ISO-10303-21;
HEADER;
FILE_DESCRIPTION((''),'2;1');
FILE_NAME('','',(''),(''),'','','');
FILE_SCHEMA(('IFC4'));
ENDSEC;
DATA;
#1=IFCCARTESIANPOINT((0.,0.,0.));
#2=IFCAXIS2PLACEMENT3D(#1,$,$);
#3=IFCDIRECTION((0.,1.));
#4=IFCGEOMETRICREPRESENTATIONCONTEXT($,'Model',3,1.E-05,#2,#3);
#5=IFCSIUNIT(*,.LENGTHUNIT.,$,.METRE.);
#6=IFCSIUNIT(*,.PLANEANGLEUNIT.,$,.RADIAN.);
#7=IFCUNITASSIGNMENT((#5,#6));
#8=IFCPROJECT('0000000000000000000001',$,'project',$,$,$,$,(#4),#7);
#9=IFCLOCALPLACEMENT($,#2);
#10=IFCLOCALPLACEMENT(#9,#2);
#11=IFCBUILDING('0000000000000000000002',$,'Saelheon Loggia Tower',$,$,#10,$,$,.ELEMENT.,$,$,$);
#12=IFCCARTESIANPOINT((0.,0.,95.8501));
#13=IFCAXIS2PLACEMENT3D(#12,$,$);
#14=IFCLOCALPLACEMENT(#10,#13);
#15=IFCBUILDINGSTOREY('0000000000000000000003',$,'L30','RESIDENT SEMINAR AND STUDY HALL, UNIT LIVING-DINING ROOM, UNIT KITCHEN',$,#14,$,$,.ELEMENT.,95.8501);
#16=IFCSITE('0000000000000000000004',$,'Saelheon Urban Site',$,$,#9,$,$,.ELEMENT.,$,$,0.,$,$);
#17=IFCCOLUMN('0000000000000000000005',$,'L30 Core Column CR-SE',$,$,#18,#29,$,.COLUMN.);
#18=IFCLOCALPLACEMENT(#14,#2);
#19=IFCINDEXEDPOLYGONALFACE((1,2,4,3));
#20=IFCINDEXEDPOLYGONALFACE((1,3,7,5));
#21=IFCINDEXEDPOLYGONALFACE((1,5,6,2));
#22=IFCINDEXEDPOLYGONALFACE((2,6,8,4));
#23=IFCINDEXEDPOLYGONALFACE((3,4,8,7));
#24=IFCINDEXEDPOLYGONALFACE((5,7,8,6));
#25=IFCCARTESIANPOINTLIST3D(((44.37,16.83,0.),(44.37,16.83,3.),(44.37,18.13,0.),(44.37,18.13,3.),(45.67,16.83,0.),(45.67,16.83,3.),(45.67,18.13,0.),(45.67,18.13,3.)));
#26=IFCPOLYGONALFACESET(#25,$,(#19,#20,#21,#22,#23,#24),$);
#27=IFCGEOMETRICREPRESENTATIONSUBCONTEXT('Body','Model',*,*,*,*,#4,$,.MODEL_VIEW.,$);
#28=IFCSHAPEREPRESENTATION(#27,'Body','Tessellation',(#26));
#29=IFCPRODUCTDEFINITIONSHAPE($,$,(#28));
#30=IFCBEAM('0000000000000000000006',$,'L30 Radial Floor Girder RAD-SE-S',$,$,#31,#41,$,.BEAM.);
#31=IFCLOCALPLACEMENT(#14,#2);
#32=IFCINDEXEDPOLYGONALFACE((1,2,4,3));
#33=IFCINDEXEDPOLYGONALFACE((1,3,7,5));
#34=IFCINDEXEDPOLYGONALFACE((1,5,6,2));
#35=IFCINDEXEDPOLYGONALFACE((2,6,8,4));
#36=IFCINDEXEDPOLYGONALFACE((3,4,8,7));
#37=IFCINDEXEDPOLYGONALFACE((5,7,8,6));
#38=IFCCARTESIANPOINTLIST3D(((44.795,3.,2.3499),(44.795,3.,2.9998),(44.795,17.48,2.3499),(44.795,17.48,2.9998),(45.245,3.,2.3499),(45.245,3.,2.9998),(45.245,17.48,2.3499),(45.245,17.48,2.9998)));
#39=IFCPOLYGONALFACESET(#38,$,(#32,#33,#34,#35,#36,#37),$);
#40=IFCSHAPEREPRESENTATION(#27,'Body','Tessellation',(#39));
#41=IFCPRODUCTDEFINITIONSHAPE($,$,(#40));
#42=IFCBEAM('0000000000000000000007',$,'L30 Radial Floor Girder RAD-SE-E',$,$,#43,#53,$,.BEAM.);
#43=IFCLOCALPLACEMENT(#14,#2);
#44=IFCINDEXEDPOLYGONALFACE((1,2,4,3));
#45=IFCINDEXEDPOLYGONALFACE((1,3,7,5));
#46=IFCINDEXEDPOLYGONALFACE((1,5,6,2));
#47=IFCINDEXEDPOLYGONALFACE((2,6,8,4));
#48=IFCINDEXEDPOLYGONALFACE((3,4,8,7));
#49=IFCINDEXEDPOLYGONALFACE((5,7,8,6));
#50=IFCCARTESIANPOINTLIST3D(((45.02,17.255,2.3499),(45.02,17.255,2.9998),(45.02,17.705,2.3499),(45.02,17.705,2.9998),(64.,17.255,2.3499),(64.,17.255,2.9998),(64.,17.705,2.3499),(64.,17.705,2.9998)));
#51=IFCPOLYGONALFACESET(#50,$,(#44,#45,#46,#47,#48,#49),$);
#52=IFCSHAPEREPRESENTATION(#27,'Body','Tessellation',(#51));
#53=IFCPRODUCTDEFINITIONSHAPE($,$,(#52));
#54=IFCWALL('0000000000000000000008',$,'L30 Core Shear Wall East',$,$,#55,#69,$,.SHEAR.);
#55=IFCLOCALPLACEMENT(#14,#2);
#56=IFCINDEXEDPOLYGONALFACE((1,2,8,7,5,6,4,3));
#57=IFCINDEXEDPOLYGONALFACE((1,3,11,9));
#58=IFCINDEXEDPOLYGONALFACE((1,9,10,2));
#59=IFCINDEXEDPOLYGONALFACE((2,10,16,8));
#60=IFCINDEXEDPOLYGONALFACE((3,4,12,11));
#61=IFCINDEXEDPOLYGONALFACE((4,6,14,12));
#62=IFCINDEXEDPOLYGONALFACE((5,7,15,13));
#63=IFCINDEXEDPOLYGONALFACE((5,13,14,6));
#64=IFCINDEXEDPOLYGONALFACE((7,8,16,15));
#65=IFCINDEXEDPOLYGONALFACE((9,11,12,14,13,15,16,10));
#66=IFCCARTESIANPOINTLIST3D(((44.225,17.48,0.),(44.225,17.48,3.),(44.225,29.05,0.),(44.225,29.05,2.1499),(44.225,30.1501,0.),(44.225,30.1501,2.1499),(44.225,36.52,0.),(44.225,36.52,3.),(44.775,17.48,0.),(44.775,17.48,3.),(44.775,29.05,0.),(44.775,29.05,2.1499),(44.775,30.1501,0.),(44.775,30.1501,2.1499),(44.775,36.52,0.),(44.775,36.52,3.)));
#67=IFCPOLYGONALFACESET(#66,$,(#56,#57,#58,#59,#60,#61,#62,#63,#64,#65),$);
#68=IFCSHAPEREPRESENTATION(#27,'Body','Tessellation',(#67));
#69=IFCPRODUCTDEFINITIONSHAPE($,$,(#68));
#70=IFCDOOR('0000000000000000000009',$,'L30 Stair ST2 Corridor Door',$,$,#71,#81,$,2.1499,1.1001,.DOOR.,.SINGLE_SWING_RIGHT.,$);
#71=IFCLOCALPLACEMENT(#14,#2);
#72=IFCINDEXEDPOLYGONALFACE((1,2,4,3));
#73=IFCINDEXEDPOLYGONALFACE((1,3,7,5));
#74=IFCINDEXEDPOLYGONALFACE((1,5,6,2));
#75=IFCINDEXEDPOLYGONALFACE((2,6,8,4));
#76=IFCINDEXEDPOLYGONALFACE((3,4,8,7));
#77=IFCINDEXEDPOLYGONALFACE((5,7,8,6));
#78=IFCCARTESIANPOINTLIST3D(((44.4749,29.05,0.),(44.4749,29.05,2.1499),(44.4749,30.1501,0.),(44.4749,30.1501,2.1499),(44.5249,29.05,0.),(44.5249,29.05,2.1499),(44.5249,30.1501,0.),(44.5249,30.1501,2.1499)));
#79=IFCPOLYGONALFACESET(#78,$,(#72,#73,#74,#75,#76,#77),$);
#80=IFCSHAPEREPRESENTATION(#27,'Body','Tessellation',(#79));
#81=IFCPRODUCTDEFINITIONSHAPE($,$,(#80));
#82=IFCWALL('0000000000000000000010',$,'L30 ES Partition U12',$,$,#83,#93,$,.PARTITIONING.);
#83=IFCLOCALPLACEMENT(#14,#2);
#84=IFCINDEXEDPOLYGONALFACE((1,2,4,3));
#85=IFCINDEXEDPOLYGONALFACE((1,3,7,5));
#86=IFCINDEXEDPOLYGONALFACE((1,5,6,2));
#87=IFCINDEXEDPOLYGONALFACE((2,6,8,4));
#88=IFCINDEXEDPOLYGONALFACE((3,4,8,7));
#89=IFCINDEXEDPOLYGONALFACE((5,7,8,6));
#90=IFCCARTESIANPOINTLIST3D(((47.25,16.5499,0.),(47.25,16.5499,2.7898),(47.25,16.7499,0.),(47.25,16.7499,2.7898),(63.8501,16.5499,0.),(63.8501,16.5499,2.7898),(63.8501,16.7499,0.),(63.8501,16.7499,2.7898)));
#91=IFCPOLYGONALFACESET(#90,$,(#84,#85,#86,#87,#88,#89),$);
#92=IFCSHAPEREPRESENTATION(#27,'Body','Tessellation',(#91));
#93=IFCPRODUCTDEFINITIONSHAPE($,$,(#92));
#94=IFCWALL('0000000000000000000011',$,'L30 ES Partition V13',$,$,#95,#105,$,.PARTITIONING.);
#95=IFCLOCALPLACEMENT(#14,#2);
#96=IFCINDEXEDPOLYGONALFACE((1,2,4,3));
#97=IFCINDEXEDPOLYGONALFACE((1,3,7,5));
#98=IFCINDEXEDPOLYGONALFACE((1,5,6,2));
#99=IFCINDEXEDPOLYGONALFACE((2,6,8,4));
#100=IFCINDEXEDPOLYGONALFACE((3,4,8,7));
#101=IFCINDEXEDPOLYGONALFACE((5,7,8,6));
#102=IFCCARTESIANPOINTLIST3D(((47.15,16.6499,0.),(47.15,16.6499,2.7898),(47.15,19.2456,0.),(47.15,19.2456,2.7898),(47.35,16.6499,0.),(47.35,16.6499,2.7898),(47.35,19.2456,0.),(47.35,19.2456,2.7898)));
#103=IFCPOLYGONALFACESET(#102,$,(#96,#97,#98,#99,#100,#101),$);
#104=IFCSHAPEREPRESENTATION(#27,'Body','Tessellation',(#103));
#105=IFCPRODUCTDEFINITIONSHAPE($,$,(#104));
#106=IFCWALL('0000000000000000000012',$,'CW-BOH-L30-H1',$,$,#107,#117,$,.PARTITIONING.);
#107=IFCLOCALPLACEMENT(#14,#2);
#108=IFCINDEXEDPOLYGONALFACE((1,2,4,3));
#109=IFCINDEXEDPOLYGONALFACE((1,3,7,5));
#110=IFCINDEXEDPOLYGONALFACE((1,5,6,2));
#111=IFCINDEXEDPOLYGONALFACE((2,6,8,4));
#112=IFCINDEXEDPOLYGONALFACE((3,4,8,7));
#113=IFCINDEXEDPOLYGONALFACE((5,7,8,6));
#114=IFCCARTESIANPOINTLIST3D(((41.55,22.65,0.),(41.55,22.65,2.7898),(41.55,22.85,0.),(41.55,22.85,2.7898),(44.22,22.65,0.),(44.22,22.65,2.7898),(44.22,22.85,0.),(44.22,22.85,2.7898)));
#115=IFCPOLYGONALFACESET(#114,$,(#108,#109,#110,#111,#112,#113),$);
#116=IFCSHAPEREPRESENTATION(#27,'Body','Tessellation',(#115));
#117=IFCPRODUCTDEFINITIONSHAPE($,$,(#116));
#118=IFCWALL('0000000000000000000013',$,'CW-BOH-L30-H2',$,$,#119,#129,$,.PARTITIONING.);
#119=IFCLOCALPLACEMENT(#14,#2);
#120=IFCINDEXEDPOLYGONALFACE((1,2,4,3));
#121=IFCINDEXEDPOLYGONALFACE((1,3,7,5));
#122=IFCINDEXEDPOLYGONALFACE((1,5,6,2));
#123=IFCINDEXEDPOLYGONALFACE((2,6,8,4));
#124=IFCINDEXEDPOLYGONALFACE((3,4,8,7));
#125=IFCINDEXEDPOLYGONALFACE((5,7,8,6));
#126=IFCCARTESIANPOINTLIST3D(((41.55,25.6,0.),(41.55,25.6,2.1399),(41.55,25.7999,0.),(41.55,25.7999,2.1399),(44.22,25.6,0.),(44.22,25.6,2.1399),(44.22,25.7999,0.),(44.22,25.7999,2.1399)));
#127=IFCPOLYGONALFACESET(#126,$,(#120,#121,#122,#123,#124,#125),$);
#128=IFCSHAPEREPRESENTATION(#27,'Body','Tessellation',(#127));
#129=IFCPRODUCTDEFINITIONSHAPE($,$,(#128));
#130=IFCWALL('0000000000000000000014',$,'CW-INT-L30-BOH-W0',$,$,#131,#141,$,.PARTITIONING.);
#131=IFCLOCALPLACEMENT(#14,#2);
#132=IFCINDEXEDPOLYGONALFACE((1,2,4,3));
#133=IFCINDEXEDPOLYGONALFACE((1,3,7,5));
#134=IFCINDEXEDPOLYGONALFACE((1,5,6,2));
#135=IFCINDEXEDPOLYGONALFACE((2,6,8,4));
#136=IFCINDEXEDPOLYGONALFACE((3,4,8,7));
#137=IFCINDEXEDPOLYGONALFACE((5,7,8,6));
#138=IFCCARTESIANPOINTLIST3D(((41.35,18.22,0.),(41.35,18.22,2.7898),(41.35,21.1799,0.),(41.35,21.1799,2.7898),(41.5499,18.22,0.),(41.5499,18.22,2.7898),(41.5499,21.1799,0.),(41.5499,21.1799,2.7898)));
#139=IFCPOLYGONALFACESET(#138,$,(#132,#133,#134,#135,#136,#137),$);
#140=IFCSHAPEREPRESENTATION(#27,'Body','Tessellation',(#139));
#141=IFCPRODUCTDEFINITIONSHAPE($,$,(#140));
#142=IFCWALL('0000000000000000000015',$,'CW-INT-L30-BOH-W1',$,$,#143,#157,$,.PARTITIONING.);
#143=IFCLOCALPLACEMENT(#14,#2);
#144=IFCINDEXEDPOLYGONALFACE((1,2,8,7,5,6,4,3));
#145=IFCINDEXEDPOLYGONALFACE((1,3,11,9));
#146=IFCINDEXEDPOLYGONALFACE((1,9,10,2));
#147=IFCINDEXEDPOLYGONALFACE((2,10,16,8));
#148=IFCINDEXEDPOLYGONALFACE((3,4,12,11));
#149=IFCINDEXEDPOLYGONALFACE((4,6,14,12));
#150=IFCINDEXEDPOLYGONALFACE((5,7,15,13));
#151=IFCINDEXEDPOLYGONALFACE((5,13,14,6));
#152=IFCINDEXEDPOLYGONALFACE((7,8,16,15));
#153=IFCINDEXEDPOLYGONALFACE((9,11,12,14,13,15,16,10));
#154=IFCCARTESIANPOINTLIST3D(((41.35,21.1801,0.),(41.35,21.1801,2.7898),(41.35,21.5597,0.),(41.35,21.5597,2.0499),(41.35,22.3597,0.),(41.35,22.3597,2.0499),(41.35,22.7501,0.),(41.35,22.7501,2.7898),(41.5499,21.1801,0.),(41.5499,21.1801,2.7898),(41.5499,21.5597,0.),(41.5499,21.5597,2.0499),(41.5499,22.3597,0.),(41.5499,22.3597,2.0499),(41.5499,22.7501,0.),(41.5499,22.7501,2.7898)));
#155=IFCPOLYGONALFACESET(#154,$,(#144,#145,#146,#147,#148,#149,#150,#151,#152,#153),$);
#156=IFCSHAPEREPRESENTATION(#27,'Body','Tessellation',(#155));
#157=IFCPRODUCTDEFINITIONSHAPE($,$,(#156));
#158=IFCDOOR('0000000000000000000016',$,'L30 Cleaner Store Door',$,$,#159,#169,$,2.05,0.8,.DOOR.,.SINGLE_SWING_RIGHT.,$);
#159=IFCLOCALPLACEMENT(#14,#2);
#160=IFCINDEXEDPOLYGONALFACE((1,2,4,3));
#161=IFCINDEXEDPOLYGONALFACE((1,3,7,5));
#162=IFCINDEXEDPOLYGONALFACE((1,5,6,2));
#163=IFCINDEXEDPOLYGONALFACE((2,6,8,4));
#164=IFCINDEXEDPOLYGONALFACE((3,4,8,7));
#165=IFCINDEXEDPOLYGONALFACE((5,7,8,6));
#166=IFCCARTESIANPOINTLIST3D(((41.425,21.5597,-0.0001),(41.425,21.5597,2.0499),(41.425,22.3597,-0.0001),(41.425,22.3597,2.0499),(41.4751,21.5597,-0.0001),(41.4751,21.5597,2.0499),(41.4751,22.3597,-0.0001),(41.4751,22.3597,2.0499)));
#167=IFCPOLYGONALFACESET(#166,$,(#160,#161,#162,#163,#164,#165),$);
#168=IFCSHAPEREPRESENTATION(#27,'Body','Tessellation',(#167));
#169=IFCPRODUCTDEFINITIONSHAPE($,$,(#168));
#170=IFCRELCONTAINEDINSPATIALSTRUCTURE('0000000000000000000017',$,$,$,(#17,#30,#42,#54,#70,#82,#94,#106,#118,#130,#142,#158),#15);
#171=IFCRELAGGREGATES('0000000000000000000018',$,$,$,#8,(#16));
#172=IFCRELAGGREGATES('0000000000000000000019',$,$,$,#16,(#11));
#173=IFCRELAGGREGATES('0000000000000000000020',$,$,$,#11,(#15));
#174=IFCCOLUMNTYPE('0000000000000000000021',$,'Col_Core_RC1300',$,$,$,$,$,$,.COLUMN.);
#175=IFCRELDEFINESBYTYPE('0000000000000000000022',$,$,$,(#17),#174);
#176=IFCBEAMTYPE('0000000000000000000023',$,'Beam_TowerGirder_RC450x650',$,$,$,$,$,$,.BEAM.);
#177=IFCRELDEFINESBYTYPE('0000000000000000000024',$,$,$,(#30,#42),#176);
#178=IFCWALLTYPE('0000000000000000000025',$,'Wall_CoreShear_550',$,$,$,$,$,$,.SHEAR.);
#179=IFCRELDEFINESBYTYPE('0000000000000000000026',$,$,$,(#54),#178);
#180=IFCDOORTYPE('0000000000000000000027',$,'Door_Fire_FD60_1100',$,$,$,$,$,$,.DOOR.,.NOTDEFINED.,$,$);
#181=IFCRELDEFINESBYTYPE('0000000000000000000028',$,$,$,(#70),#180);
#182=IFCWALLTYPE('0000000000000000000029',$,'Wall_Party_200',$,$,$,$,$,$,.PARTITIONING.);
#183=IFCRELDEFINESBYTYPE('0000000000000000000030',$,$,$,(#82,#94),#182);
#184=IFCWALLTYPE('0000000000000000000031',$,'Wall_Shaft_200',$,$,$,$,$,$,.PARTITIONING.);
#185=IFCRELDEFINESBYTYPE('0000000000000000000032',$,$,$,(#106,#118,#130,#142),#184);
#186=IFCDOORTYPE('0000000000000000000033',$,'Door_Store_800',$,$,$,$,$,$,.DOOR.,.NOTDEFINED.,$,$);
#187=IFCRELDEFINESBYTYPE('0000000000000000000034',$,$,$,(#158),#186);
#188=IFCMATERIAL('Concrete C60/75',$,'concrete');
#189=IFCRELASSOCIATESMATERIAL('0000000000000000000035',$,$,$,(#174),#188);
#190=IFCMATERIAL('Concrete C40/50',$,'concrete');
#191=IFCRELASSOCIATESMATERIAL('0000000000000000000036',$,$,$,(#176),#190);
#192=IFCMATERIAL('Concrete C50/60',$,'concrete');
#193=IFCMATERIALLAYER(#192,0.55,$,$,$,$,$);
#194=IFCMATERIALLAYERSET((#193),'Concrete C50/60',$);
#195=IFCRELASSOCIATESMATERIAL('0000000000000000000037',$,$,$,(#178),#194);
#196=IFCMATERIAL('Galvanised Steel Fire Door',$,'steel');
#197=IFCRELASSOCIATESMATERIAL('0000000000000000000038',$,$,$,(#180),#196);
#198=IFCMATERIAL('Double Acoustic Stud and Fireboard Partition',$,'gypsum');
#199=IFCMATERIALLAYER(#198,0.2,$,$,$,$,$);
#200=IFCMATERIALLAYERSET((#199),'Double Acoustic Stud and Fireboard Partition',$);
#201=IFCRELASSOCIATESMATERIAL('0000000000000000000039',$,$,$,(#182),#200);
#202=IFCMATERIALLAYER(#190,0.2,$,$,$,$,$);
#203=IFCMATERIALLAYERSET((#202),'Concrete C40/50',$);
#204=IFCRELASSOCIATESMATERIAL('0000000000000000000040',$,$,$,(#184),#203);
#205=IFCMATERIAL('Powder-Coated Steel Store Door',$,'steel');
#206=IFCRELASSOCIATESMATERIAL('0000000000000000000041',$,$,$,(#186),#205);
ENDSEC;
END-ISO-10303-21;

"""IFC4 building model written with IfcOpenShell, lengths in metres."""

from ifc_helpers import new_model, si_unit, direction, frame, frame_2d, origin, origin_2d, place, context, subcontext, project, spatial, rectangle, extrude, source, transform, mapped, material, layer, layer_set, material_profile, profile_set, type_object, element, fill, save


model = new_model("IFC4")

# Units and contexts
model_context = context("Model", 3, precision=1e-05, world=origin(), true_north=direction((0.0, 1.0)))
body_context = subcontext(model_context, "Body", "Model", "MODEL_VIEW")
ifc_project = project(units=[si_unit("LENGTHUNIT", "METRE"), si_unit("PLANEANGLEUNIT", "RADIAN")], contexts=[model_context])

# Site, building, storey
site_placement = place(None, origin())
site = spatial("IfcSite", under=ifc_project, at=site_placement, Name="Saelheon Urban Site", CompositionType="ELEMENT", RefElevation=0.0)
building_placement = place(site_placement, origin())
building = spatial("IfcBuilding", under=site, at=building_placement, Name="Saelheon Loggia Tower", CompositionType="ELEMENT")
storey_placement = place(building_placement, frame((0.0, 0.0, 95.8501)))
storey = spatial("IfcBuildingStorey", under=building, at=storey_placement, Name="L30", Description="RESIDENT SEMINAR AND STUDY HALL, UNIT LIVING-DINING ROOM, UNIT KITCHEN", CompositionType="ELEMENT", Elevation=95.8501)

# Column
ifc_material_1 = material(Name="Concrete C60/75", Category="concrete")
ifc_material_profile_1 = material_profile(ifc_material_1, rectangle(XDim=1.3, YDim=1.3, at=origin_2d()), Name="RC-1300x1300")
ifc_profile_set_1 = profile_set([ifc_material_profile_1], Name="Concrete C60/75")
column_type = type_object("IfcColumnType", Name="Col_Core_RC1300", PredefinedType="COLUMN", material=ifc_profile_set_1)
shared_shape_1 = source(origin(), body_context, "Body", "SweptSolid", [
    extrude(rectangle(XDim=1.3, YDim=1.3, at=origin_2d()), origin(), (0.0, 0.0, 1.0), 3.0),
])
column_placement = place(storey_placement, frame((45.02, 17.48, 0.0), z_axis=(0.0, 0.0, 1.0), x_axis=(1.0, 0.0, 0.0)))
element("IfcColumn", 1, at=column_placement, inside=storey, type_object=column_type, Name="L30 Core Column CR-SE", PredefinedType="COLUMN", context=body_context, shape_type="MappedRepresentation", body=[
    mapped(shared_shape_1, transform((0.0, 0.0, 0.0), scale=1.0)),
])

# Beams
ifc_material_2 = material(Name="Concrete C40/50", Category="concrete")
ifc_material_profile_2 = material_profile(ifc_material_2, rectangle(XDim=0.45, YDim=0.6499, at=origin_2d()), Name="RC-450x650")
ifc_profile_set_2 = profile_set([ifc_material_profile_2], Name="Concrete C40/50")
beam_type = type_object("IfcBeamType", Name="Beam_TowerGirder_RC450x650", PredefinedType="BEAM", material=ifc_profile_set_2)
shared_shape_2 = source(origin(), body_context, "Body", "SweptSolid", [
    extrude(rectangle(XDim=0.45, YDim=0.6499, at=origin_2d()), origin(), (0.0, 0.0, 1.0), 14.48),
])
beam_1_placement = place(storey_placement, frame((45.02, 17.48, 2.6748), z_axis=(0.0, -1.0, 0.0), x_axis=(1.0, 0.0, 0.0)))
element("IfcBeam", 2, at=beam_1_placement, inside=storey, type_object=beam_type, Name="L30 Radial Floor Girder RAD-SE-S", PredefinedType="BEAM", context=body_context, shape_type="MappedRepresentation", body=[
    mapped(shared_shape_2, transform((0.0, 0.0, 0.0), scale=1.0)),
])
shared_shape_3 = source(origin(), body_context, "Body", "SweptSolid", [
    extrude(rectangle(XDim=0.45, YDim=0.6499, at=origin_2d()), origin(), (0.0, 0.0, 1.0), 18.98),
])
beam_2_placement = place(storey_placement, frame((45.02, 17.48, 2.6748), z_axis=(1.0, 0.0, 0.0), x_axis=(0.0, 1.0, 0.0)))
element("IfcBeam", 3, at=beam_2_placement, inside=storey, type_object=beam_type, Name="L30 Radial Floor Girder RAD-SE-E", PredefinedType="BEAM", context=body_context, shape_type="MappedRepresentation", body=[
    mapped(shared_shape_3, transform((0.0, 0.0, 0.0), scale=1.0)),
])

# Wall, opening, door
ifc_material_3 = material(Name="Concrete C50/60", Category="concrete")
ifc_layer_1 = layer(ifc_material_3, 0.55)
ifc_layer_set_1 = layer_set([ifc_layer_1], Name="Concrete C50/60")
wall_type_1 = type_object("IfcWallType", Name="Wall_CoreShear_550", PredefinedType="SHEAR", material=ifc_layer_set_1)
wall_1_placement = place(storey_placement, frame((44.5, 17.48, 0.0), z_axis=(0.0, 0.0, 1.0), x_axis=(0.0, 1.0, 0.0)))
wall_1 = element("IfcWall", 4, at=wall_1_placement, inside=storey, type_object=wall_type_1, Name="L30 Core Shear Wall East", PredefinedType="SHEAR", context=body_context, shape_type="SweptSolid", body=[
    extrude(rectangle(XDim=19.04, YDim=0.55, at=frame_2d((9.52, 0.0))), origin(), (0.0, 0.0, 1.0), 3.0),
])
opening_1_placement = place(wall_1_placement, frame((12.6702, 0.0, 0.0), z_axis=(0.0, 0.0, 1.0), x_axis=(-1.0, 0.0, 0.0)))
opening_1 = element("IfcOpeningElement", 5, at=opening_1_placement, cuts=wall_1, PredefinedType="OPENING", context=body_context, shape_type="SweptSolid", body=[
    extrude(rectangle(XDim=1.1001, YDim=2.1499, at=frame_2d((0.55, 1.075))), frame((0.0, 0.2871, 0.0), z_axis=(0.0, -1.0, 0.0), x_axis=(1.0, 0.0, 0.0)), (0.0, 0.0, 1.0), 0.574),
])
ifc_material_4 = material(Name="Galvanised Steel Fire Door", Category="steel")
door_type_1 = type_object("IfcDoorType", Name="Door_Fire_FD60_1100", OperationType="NOTDEFINED", PredefinedType="DOOR", material=ifc_material_4)
shared_shape_4 = source(origin(), body_context, "Body", "SweptSolid", [
    extrude(rectangle(XDim=1.1001, YDim=2.1499, at=frame_2d((0.55, 1.075))), frame((0.0, 0.0249, 0.0), z_axis=(0.0, -1.0, 0.0), x_axis=(1.0, 0.0, 0.0)), (0.0, 0.0, 1.0), 0.05),
])
door_1_placement = place(opening_1_placement, origin())
door_1 = element("IfcDoor", 6, at=door_1_placement, inside=storey, type_object=door_type_1, Name="L30 Stair ST2 Corridor Door", OperationType="SINGLE_SWING_RIGHT", OverallHeight=2.1499, OverallWidth=1.1001, PredefinedType="DOOR", context=body_context, shape_type="MappedRepresentation", body=[
    mapped(shared_shape_4, transform((0.0, 0.0, 0.0), scale=1.0)),
])
fill(opening_1, door_1)

# Walls
ifc_material_5 = material(Name="Double Acoustic Stud and Fireboard Partition", Category="gypsum")
ifc_layer_2 = layer(ifc_material_5, 0.2)
ifc_layer_set_2 = layer_set([ifc_layer_2], Name="Double Acoustic Stud and Fireboard Partition")
wall_type_2 = type_object("IfcWallType", Name="Wall_Party_200", PredefinedType="PARTITIONING", material=ifc_layer_set_2)
wall_2_placement = place(storey_placement, frame((47.25, 16.6499, 0.0), z_axis=(0.0, 0.0, 1.0), x_axis=(1.0, 0.0, 0.0)))
element("IfcWall", 7, at=wall_2_placement, inside=storey, type_object=wall_type_2, Name="L30 ES Partition U12", PredefinedType="PARTITIONING", context=body_context, shape_type="SweptSolid", body=[
    extrude(rectangle(XDim=16.6001, YDim=0.2, at=frame_2d((8.3, 0.0))), origin(), (0.0, 0.0, 1.0), 2.7898),
])
wall_3_placement = place(storey_placement, frame((47.25, 16.6499, 0.0), z_axis=(0.0, 0.0, 1.0), x_axis=(0.0, 1.0, 0.0)))
element("IfcWall", 8, at=wall_3_placement, inside=storey, type_object=wall_type_2, Name="L30 ES Partition V13", PredefinedType="PARTITIONING", context=body_context, shape_type="SweptSolid", body=[
    extrude(rectangle(XDim=2.5957, YDim=0.2, at=frame_2d((1.2979, 0.0))), origin(), (0.0, 0.0, 1.0), 2.7898),
])

# Walls
ifc_layer_3 = layer(ifc_material_2, 0.2)
ifc_layer_set_3 = layer_set([ifc_layer_3], Name="Concrete C40/50")
wall_type_3 = type_object("IfcWallType", Name="Wall_Shaft_200", PredefinedType="PARTITIONING", material=ifc_layer_set_3)
wall_4_placement = place(storey_placement, frame((41.55, 22.75, 0.0), z_axis=(0.0, 0.0, 1.0), x_axis=(1.0, 0.0, 0.0)))
element("IfcWall", 9, at=wall_4_placement, inside=storey, type_object=wall_type_3, Name="CW-BOH-L30-H1", PredefinedType="PARTITIONING", context=body_context, shape_type="SweptSolid", body=[
    extrude(rectangle(XDim=2.6699, YDim=0.2, at=frame_2d((1.335, 0.0))), origin(), (0.0, 0.0, 1.0), 2.7898),
])
wall_5_placement = place(storey_placement, frame((41.55, 25.7, 0.0), z_axis=(0.0, 0.0, 1.0), x_axis=(1.0, 0.0, 0.0)))
element("IfcWall", 10, at=wall_5_placement, inside=storey, type_object=wall_type_3, Name="CW-BOH-L30-H2", PredefinedType="PARTITIONING", context=body_context, shape_type="SweptSolid", body=[
    extrude(rectangle(XDim=2.6699, YDim=0.2, at=frame_2d((1.335, 0.0))), origin(), (0.0, 0.0, 1.0), 2.1399),
])
wall_6_placement = place(storey_placement, frame((41.45, 18.22, 0.0), z_axis=(0.0, 0.0, 1.0), x_axis=(0.0, 1.0, 0.0)))
element("IfcWall", 11, at=wall_6_placement, inside=storey, type_object=wall_type_3, Name="CW-INT-L30-BOH-W0", PredefinedType="PARTITIONING", context=body_context, shape_type="SweptSolid", body=[
    extrude(rectangle(XDim=2.96, YDim=0.2, at=frame_2d((1.48, 0.0))), origin(), (0.0, 0.0, 1.0), 2.7898),
])

# Wall, opening, door
wall_7_placement = place(storey_placement, frame((41.45, 21.1799, 0.0), z_axis=(0.0, 0.0, 1.0), x_axis=(0.0, 1.0, 0.0)))
wall_7 = element("IfcWall", 12, at=wall_7_placement, inside=storey, type_object=wall_type_3, Name="CW-INT-L30-BOH-W1", PredefinedType="PARTITIONING", context=body_context, shape_type="SweptSolid", body=[
    extrude(rectangle(XDim=1.5701, YDim=0.2, at=frame_2d((0.7852, 0.0))), origin(), (0.0, 0.0, 1.0), 2.7898),
])
opening_2_placement = place(wall_7_placement, frame((0.3799, 0.0, 0.0)))
opening_2 = element("IfcOpeningElement", 13, at=opening_2_placement, cuts=wall_7, PredefinedType="OPENING", context=body_context, shape_type="SweptSolid", body=[
    extrude(rectangle(XDim=0.8, YDim=2.05, at=frame_2d((0.3999, 1.0249))), frame((0.0, 0.1121, 0.0), z_axis=(0.0, -1.0, 0.0), x_axis=(1.0, 0.0, 0.0)), (0.0, 0.0, 1.0), 0.2239),
])
ifc_material_6 = material(Name="Powder-Coated Steel Store Door", Category="steel")
door_type_2 = type_object("IfcDoorType", Name="Door_Store_800", OperationType="NOTDEFINED", PredefinedType="DOOR", material=ifc_material_6)
shared_shape_5 = source(origin(), body_context, "Body", "SweptSolid", [
    extrude(rectangle(XDim=0.8, YDim=2.05, at=frame_2d((0.3999, 1.0249))), frame((0.0, 0.0249, 0.0), z_axis=(0.0, -1.0, 0.0), x_axis=(1.0, 0.0, 0.0)), (0.0, 0.0, 1.0), 0.05),
])
door_2_placement = place(opening_2_placement, origin())
door_2 = element("IfcDoor", 14, at=door_2_placement, inside=storey, type_object=door_type_2, Name="L30 Cleaner Store Door", OperationType="SINGLE_SWING_RIGHT", OverallHeight=2.05, OverallWidth=0.8, PredefinedType="DOOR", context=body_context, shape_type="MappedRepresentation", body=[
    mapped(shared_shape_5, transform((0.0, 0.0, 0.0), scale=1.0)),
])
fill(opening_2, door_2)

save(model, "model.ifc")
